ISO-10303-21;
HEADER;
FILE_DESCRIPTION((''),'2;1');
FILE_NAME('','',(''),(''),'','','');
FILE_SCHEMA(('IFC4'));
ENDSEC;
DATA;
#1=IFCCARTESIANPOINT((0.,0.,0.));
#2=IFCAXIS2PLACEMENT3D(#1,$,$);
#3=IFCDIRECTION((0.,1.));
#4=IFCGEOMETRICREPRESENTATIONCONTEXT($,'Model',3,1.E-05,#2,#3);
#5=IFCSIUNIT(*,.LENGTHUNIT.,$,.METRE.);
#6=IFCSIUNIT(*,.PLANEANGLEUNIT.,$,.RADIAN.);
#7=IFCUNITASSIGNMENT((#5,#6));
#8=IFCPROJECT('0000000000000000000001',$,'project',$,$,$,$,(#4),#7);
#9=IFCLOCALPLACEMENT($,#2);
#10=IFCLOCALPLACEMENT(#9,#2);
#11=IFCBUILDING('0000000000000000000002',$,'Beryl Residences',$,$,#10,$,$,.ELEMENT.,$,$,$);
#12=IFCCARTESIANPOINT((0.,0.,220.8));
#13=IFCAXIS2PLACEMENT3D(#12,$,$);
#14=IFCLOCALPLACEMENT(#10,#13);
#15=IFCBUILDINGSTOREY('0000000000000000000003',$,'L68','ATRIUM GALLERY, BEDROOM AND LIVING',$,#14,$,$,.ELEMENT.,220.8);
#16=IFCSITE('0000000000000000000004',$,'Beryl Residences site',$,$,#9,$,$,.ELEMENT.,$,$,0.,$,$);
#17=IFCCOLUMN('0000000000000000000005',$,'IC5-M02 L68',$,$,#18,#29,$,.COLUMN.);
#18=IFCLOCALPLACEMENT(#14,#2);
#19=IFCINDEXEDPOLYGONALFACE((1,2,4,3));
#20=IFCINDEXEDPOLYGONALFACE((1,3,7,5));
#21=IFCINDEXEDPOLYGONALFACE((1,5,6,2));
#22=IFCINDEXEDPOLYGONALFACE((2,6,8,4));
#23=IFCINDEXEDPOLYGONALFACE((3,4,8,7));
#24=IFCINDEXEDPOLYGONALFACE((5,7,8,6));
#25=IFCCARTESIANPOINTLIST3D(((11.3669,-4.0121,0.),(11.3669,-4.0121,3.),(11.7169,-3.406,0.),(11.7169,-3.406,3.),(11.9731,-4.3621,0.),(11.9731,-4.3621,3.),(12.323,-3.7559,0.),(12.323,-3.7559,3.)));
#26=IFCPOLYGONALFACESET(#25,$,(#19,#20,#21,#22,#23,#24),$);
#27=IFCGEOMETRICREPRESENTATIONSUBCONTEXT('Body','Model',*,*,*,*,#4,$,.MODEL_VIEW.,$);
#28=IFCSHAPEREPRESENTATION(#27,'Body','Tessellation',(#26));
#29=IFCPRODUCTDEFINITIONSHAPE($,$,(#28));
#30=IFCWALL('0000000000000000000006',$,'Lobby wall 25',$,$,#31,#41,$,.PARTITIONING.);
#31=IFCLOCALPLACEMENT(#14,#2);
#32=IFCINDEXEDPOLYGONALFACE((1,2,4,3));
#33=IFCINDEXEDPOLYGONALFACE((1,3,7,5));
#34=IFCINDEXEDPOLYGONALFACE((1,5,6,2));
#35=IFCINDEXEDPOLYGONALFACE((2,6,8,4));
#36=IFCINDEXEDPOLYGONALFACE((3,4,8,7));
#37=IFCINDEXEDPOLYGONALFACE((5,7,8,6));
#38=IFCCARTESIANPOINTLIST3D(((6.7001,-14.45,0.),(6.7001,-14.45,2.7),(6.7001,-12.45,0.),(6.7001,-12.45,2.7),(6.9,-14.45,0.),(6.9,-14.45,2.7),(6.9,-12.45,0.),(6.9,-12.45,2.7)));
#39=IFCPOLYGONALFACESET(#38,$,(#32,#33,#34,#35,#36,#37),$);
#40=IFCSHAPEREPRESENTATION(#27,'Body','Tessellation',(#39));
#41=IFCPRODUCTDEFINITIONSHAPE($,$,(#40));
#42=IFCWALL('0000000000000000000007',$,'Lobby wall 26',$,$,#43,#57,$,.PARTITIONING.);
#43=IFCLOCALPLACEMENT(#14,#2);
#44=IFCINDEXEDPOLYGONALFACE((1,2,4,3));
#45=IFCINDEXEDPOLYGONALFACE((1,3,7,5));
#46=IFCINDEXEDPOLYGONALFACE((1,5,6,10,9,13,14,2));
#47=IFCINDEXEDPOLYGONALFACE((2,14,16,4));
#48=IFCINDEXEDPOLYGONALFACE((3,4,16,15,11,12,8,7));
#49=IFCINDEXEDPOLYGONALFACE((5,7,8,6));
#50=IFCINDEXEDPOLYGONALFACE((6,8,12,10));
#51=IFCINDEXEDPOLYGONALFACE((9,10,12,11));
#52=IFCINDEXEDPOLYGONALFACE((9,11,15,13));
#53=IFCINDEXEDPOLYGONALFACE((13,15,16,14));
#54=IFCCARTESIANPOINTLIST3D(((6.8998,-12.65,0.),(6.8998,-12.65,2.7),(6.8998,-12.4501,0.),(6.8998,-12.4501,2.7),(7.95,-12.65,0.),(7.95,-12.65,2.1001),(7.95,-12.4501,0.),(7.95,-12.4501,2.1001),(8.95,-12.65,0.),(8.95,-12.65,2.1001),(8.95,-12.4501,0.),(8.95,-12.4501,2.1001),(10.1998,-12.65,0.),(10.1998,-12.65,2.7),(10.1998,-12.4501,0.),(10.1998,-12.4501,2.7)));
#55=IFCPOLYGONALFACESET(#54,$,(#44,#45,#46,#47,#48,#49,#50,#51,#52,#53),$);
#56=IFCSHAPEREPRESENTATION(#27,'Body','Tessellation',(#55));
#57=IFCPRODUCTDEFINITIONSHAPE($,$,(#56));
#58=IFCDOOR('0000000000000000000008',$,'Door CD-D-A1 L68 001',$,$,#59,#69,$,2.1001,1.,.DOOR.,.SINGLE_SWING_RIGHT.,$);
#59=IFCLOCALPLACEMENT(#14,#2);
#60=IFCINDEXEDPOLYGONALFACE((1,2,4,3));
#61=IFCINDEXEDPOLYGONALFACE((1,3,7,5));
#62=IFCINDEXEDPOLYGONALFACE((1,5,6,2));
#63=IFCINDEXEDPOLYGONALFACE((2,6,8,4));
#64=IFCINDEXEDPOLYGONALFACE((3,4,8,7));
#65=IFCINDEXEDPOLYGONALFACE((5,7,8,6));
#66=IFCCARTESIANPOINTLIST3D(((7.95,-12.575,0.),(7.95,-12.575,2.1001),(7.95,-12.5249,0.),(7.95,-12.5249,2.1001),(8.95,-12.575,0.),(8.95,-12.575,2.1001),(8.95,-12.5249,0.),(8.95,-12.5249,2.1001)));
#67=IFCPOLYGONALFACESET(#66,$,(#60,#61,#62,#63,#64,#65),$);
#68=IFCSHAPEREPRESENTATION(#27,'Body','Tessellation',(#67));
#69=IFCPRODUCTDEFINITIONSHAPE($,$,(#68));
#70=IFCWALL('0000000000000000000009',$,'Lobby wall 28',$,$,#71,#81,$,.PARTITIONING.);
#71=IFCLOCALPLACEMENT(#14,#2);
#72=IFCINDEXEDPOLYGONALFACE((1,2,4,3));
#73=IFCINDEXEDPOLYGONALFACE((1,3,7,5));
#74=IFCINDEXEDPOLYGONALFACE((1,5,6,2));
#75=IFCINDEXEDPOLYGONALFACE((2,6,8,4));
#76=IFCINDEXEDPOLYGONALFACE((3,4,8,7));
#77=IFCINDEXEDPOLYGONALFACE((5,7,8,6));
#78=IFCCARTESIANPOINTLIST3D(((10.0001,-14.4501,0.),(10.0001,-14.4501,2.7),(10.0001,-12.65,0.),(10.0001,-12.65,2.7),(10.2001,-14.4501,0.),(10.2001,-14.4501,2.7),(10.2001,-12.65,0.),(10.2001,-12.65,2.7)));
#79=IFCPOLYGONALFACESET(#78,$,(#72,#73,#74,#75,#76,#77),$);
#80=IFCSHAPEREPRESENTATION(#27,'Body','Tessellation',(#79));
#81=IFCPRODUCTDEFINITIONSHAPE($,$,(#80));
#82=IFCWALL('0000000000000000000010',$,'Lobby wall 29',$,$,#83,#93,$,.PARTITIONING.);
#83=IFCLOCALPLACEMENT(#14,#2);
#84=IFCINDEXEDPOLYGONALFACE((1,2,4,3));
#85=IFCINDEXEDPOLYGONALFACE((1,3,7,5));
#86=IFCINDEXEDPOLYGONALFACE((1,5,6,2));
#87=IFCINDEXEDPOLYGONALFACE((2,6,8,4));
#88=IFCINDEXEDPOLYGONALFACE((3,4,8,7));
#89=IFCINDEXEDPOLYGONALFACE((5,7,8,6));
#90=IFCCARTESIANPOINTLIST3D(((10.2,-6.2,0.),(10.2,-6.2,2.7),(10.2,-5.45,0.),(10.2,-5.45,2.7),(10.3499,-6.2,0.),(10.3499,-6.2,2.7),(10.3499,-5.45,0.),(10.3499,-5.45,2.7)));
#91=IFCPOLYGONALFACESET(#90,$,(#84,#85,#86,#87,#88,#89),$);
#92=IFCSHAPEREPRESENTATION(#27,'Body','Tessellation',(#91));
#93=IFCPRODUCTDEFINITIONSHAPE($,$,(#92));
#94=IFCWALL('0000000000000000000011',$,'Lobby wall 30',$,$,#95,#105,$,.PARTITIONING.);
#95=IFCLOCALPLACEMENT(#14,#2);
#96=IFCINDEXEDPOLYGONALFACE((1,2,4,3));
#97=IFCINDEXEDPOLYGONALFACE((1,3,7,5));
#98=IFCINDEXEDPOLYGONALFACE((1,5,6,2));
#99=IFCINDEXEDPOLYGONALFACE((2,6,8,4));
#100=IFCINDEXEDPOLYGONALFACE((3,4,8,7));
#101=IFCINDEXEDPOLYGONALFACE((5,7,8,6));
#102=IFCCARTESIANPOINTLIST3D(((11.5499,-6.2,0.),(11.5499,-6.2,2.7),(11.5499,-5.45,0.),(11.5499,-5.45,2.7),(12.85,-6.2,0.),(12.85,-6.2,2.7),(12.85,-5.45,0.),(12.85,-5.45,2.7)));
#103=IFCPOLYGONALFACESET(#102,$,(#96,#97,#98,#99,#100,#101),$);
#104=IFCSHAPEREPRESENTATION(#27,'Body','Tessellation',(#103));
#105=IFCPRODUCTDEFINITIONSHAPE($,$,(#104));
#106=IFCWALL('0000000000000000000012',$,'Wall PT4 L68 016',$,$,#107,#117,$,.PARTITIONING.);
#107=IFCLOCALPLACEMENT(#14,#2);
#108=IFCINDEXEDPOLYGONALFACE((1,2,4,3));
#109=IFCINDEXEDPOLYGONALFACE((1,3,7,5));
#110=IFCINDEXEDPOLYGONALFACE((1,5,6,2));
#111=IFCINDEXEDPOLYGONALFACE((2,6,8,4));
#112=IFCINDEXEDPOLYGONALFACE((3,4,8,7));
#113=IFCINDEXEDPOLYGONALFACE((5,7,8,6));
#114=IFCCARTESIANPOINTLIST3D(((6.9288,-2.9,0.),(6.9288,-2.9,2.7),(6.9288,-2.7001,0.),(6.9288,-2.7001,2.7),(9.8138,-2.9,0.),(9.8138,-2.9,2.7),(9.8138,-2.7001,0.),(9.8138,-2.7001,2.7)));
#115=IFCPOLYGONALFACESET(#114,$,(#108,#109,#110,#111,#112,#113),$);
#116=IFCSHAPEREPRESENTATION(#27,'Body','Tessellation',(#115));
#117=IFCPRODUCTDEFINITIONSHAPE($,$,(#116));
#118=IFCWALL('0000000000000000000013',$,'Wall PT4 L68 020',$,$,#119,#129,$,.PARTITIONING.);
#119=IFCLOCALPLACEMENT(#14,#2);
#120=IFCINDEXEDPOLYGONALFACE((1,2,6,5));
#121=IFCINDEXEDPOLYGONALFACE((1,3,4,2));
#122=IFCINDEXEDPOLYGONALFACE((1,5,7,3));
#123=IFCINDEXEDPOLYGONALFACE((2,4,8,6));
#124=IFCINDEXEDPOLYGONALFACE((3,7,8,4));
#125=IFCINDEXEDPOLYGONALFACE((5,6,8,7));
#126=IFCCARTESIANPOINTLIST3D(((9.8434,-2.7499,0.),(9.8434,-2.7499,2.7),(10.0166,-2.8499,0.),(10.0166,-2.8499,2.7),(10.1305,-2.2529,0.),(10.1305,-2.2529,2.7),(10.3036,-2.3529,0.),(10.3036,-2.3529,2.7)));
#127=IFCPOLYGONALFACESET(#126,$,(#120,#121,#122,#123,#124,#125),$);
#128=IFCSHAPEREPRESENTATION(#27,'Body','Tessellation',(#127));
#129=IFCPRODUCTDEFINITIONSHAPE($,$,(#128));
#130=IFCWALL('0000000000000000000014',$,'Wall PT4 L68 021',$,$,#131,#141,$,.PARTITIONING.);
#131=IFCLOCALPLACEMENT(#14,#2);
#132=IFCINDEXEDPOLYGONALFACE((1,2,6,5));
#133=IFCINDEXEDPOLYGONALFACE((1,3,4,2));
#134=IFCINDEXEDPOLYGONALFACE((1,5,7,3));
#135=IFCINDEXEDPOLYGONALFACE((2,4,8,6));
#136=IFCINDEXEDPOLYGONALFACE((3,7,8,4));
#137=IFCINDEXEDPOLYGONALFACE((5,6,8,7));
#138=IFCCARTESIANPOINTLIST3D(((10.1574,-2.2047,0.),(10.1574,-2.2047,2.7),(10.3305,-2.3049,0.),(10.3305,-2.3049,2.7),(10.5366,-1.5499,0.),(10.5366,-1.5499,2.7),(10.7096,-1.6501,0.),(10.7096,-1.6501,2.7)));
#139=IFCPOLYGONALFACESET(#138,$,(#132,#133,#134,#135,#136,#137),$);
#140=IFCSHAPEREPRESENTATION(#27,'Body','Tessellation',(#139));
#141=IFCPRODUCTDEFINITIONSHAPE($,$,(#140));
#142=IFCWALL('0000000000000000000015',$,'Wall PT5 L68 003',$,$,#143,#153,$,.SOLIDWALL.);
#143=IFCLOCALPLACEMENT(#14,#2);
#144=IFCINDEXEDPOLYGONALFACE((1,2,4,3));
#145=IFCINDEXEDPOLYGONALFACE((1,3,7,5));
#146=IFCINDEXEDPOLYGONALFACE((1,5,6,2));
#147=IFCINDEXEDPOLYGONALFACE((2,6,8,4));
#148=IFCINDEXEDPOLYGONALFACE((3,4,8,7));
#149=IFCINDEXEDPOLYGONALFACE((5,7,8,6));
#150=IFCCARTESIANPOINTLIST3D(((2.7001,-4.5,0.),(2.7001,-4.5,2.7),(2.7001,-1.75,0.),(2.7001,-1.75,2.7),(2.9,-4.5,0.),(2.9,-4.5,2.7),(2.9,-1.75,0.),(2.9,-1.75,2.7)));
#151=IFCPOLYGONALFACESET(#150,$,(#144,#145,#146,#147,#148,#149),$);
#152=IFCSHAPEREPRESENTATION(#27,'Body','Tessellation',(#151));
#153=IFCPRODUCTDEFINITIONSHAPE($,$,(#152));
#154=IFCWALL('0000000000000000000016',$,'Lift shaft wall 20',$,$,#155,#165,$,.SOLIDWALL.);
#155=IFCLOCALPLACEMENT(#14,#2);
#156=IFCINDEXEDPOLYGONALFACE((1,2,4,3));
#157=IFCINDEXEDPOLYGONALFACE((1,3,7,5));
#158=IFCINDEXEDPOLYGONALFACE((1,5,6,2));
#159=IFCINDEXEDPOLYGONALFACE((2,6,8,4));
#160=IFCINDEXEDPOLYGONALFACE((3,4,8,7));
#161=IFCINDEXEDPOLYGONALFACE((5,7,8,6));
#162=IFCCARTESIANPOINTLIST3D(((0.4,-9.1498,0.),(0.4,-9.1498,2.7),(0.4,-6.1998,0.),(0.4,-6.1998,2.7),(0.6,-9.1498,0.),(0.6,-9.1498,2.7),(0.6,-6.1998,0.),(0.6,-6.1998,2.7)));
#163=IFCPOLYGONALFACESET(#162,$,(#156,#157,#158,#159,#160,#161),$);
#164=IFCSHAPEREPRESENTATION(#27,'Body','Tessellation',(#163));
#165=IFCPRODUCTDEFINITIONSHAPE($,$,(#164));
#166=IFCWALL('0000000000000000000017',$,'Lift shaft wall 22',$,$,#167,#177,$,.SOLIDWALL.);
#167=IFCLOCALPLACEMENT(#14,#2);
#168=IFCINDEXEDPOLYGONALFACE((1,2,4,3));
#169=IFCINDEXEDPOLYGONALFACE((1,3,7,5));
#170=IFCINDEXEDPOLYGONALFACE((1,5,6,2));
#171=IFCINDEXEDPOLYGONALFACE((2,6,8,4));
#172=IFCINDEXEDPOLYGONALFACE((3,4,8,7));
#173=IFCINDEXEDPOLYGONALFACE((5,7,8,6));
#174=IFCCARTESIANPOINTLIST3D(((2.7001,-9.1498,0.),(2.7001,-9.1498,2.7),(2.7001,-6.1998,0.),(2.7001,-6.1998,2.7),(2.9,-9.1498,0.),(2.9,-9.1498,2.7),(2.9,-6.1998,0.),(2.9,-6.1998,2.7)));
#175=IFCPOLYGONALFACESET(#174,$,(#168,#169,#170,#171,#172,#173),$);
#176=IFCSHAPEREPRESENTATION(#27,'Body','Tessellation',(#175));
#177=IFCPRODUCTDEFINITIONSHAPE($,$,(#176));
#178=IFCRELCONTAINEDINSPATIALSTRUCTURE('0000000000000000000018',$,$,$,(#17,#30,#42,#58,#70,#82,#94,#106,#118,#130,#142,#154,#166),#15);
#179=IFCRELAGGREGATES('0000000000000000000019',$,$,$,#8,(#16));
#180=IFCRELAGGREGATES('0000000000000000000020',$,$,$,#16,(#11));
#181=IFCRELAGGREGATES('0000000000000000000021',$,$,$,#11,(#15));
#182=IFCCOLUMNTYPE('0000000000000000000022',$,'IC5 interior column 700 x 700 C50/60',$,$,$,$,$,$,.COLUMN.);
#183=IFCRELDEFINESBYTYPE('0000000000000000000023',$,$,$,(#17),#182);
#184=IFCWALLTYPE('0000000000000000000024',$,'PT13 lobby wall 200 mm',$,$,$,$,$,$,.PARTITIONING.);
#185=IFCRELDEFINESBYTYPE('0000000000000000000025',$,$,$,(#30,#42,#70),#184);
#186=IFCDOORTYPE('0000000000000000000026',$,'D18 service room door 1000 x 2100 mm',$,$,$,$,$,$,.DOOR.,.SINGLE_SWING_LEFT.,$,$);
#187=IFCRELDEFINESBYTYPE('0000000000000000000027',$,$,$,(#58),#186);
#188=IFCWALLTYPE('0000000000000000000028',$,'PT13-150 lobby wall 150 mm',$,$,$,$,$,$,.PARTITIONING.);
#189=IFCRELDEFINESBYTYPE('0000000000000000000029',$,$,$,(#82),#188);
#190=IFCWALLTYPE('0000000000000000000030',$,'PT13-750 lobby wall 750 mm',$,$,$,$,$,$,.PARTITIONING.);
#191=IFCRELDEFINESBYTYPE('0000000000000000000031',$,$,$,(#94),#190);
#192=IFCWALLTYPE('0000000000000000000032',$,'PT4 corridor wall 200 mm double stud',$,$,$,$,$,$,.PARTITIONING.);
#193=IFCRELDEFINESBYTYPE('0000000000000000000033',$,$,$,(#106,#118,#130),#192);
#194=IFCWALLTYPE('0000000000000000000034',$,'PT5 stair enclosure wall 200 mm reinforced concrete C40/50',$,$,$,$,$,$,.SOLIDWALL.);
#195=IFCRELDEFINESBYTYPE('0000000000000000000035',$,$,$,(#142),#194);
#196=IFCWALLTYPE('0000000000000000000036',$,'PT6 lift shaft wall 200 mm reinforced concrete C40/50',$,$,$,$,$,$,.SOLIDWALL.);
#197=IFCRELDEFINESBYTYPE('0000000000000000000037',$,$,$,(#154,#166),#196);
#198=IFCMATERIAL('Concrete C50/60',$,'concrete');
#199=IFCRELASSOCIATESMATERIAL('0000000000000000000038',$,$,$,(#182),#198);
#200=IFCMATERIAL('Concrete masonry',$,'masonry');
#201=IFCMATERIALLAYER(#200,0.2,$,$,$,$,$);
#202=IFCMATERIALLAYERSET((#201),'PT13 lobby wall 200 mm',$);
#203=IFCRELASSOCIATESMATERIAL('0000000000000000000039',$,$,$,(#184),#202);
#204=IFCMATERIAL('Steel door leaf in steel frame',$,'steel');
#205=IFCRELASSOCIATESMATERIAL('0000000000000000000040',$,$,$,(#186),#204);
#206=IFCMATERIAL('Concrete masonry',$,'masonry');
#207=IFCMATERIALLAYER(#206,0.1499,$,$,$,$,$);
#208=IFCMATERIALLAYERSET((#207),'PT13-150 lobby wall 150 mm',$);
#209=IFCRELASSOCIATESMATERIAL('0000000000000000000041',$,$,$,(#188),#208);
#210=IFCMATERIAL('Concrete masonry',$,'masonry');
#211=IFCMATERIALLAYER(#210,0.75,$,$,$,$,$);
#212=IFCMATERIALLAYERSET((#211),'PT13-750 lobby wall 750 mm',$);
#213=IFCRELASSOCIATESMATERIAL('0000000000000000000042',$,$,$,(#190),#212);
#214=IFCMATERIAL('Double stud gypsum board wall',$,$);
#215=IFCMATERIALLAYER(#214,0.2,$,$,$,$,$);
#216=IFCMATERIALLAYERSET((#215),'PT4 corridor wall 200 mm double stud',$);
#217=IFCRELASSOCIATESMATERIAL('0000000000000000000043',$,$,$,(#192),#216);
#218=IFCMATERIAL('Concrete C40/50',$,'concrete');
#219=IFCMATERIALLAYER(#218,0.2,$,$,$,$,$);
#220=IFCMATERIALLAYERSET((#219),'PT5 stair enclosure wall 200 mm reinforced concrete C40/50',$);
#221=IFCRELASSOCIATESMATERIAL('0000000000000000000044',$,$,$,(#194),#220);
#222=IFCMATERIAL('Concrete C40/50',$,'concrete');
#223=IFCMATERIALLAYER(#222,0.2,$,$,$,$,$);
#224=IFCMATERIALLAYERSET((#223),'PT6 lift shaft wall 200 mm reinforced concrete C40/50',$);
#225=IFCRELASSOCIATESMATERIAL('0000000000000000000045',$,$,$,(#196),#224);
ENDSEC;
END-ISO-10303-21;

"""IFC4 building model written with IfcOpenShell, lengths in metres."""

from ifc_helpers import new_model, si_unit, direction, frame, frame_2d, origin, origin_2d, place, context, subcontext, project, spatial, rectangle, extrude, material, layer, layer_set, material_profile, profile_set, type_object, element, fill, save


model = new_model("IFC4")

# Units and contexts
model_context = context("Model", 3, precision=1e-05, world=origin(), true_north=direction((0.0, 1.0)))
body_context = subcontext(model_context, "Body", "Model", "MODEL_VIEW")
ifc_project = project(units=[si_unit("LENGTHUNIT", "METRE"), si_unit("PLANEANGLEUNIT", "RADIAN")], contexts=[model_context])

# Site, building, storey
site_placement = place(None, origin())
site = spatial("IfcSite", under=ifc_project, at=site_placement, Name="Beryl Residences site", CompositionType="ELEMENT", RefElevation=0.0)
building_placement = place(site_placement, origin())
building = spatial("IfcBuilding", under=site, at=building_placement, Name="Beryl Residences", CompositionType="ELEMENT")
storey_placement = place(building_placement, frame((0.0, 0.0, 220.8)))
storey = spatial("IfcBuildingStorey", under=building, at=storey_placement, Name="L68", Description="ATRIUM GALLERY, BEDROOM AND LIVING", CompositionType="ELEMENT", Elevation=220.8)

# Column
ifc_material_1 = material(Name="Concrete C50/60", Category="concrete")
ifc_material_profile = material_profile(ifc_material_1, rectangle(XDim=0.7, YDim=0.7, at=origin_2d()))
ifc_profile_set = profile_set([ifc_material_profile], Name="Concrete C50/60")
column_type = type_object("IfcColumnType", Name="IC5 interior column 700 x 700 C50/60", PredefinedType="COLUMN", material=ifc_profile_set)
column_placement = place(storey_placement, frame((11.845, -3.884, 0.0), z_axis=(0.0, 0.0, 1.0), x_axis=(0.499985, 0.866034, 0.0)))
element("IfcColumn", 1, at=column_placement, inside=storey, type_object=column_type, Name="IC5-M02 L68", PredefinedType="COLUMN", context=body_context, shape_type="SweptSolid", body=[
    extrude(rectangle(XDim=0.7, YDim=0.7, at=origin_2d()), origin(), (0.0, 0.0, 1.0), 3.0),
])

# Wall
ifc_material_2 = material(Name="Concrete masonry", Category="masonry")
ifc_layer_1 = layer(ifc_material_2, 0.2)
ifc_layer_set_1 = layer_set([ifc_layer_1], Name="PT13 lobby wall 200 mm")
wall_type_1 = type_object("IfcWallType", Name="PT13 lobby wall 200 mm", PredefinedType="PARTITIONING", material=ifc_layer_set_1)
wall_1_placement = place(storey_placement, frame((6.8, -14.45, 0.0), z_axis=(0.0, 0.0, 1.0), x_axis=(0.0, 1.0, 0.0)))
element("IfcWall", 2, at=wall_1_placement, inside=storey, type_object=wall_type_1, Name="Lobby wall 25", PredefinedType="PARTITIONING", context=body_context, shape_type="SweptSolid", body=[
    extrude(rectangle(XDim=2.0, YDim=0.2, at=frame_2d((1.0, 0.0))), origin(), (0.0, 0.0, 1.0), 2.7),
])

# Wall, opening, door
wall_2_placement = place(storey_placement, frame((6.8999, -12.55, 0.0), z_axis=(0.0, 0.0, 1.0), x_axis=(1.0, 0.0, 0.0)))
wall_2 = element("IfcWall", 3, at=wall_2_placement, inside=storey, type_object=wall_type_1, Name="Lobby wall 26", PredefinedType="PARTITIONING", context=body_context, shape_type="SweptSolid", body=[
    extrude(rectangle(XDim=3.3, YDim=0.2, at=frame_2d((1.6499, 0.0))), origin(), (0.0, 0.0, 1.0), 2.7),
])
opening_placement = place(wall_2_placement, frame((2.05, 0.0, 0.0), z_axis=(0.0, 0.0, 1.0), x_axis=(-1.0, 0.0, 0.0)))
opening = element("IfcOpeningElement", 4, at=opening_placement, cuts=wall_2, PredefinedType="OPENING", context=body_context, shape_type="SweptSolid", body=[
    extrude(rectangle(XDim=1.0, YDim=2.1001, at=frame_2d((0.5, 1.05))), frame((0.0, 0.1099, 0.0), z_axis=(0.0, -1.0, 0.0), x_axis=(1.0, 0.0, 0.0)), (0.0, 0.0, 1.0), 0.22),
])
ifc_material_3 = material(Name="Steel door leaf in steel frame", Category="steel")
door_type = type_object("IfcDoorType", Name="D18 service room door 1000 x 2100 mm", OperationType="SINGLE_SWING_LEFT", PredefinedType="DOOR", material=ifc_material_3)
door_placement = place(opening_placement, origin())
door = element("IfcDoor", 5, at=door_placement, inside=storey, type_object=door_type, Name="Door CD-D-A1 L68 001", OperationType="SINGLE_SWING_RIGHT", OverallHeight=2.1001, OverallWidth=1.0, PredefinedType="DOOR", context=body_context, shape_type="SweptSolid", body=[
    extrude(rectangle(XDim=1.0, YDim=2.1001, at=frame_2d((0.5, 1.05))), frame((0.0, 0.0249, 0.0), z_axis=(0.0, -1.0, 0.0), x_axis=(1.0, 0.0, 0.0)), (0.0, 0.0, 1.0), 0.05),
])
fill(opening, door)

# Walls
wall_3_placement = place(storey_placement, frame((10.1001, -14.45, 0.0), z_axis=(0.0, 0.0, 1.0), x_axis=(0.0, 1.0, 0.0)))
element("IfcWall", 6, at=wall_3_placement, inside=storey, type_object=wall_type_1, Name="Lobby wall 28", PredefinedType="PARTITIONING", context=body_context, shape_type="SweptSolid", body=[
    extrude(rectangle(XDim=1.8, YDim=0.2, at=frame_2d((0.8999, 0.0))), origin(), (0.0, 0.0, 1.0), 2.7),
])
ifc_material_4 = material(Name="Concrete masonry", Category="masonry")
ifc_layer_2 = layer(ifc_material_4, 0.1499)
ifc_layer_set_2 = layer_set([ifc_layer_2], Name="PT13-150 lobby wall 150 mm")
wall_type_2 = type_object("IfcWallType", Name="PT13-150 lobby wall 150 mm", PredefinedType="PARTITIONING", material=ifc_layer_set_2)
wall_4_placement = place(storey_placement, frame((10.2749, -6.2, 0.0), z_axis=(0.0, 0.0, 1.0), x_axis=(0.0, 1.0, 0.0)))
element("IfcWall", 7, at=wall_4_placement, inside=storey, type_object=wall_type_2, Name="Lobby wall 29", PredefinedType="PARTITIONING", context=body_context, shape_type="SweptSolid", body=[
    extrude(rectangle(XDim=0.75, YDim=0.1499, at=frame_2d((0.375, 0.0))), origin(), (0.0, 0.0, 1.0), 2.7),
])
ifc_material_5 = material(Name="Concrete masonry", Category="masonry")
ifc_layer_3 = layer(ifc_material_5, 0.75)
ifc_layer_set_3 = layer_set([ifc_layer_3], Name="PT13-750 lobby wall 750 mm")
wall_type_3 = type_object("IfcWallType", Name="PT13-750 lobby wall 750 mm", PredefinedType="PARTITIONING", material=ifc_layer_set_3)
wall_5_placement = place(storey_placement, frame((11.55, -5.825, 0.0), z_axis=(0.0, 0.0, 1.0), x_axis=(1.0, 0.0, 0.0)))
element("IfcWall", 8, at=wall_5_placement, inside=storey, type_object=wall_type_3, Name="Lobby wall 30", PredefinedType="PARTITIONING", context=body_context, shape_type="SweptSolid", body=[
    extrude(rectangle(XDim=1.3, YDim=0.75, at=frame_2d((0.6499, 0.0))), origin(), (0.0, 0.0, 1.0), 2.7),
])
ifc_material_6 = material(Name="Double stud gypsum board wall")
ifc_layer_4 = layer(ifc_material_6, 0.2)
ifc_layer_set_4 = layer_set([ifc_layer_4], Name="PT4 corridor wall 200 mm double stud")
wall_type_4 = type_object("IfcWallType", Name="PT4 corridor wall 200 mm double stud", PredefinedType="PARTITIONING", material=ifc_layer_set_4)
wall_6_placement = place(storey_placement, frame((6.929, -2.8, 0.0), z_axis=(0.0, 0.0, 1.0), x_axis=(1.0, 0.0, 0.0)))
element("IfcWall", 9, at=wall_6_placement, inside=storey, type_object=wall_type_4, Name="Wall PT4 L68 016", PredefinedType="PARTITIONING", context=body_context, shape_type="SweptSolid", body=[
    extrude(rectangle(XDim=2.885, YDim=0.2, at=frame_2d((1.4424, 0.0))), origin(), (0.0, 0.0, 1.0), 2.7),
])
wall_7_placement = place(storey_placement, frame((9.9299, -2.8, 0.0), z_axis=(0.0, 0.0, 1.0), x_axis=(0.500164, 0.865931, 0.0)))
element("IfcWall", 10, at=wall_7_placement, inside=storey, type_object=wall_type_4, Name="Wall PT4 L68 020", PredefinedType="PARTITIONING", context=body_context, shape_type="SweptSolid", body=[
    extrude(rectangle(XDim=0.574, YDim=0.2, at=frame_2d((0.2871, 0.0))), origin(), (0.0, 0.0, 1.0), 2.7),
])
wall_8_placement = place(storey_placement, frame((10.2439, -2.2549, 0.0), z_axis=(0.0, 0.0, 1.0), x_axis=(0.5011, 0.865389, 0.0)))
element("IfcWall", 11, at=wall_8_placement, inside=storey, type_object=wall_type_4, Name="Wall PT4 L68 021", PredefinedType="PARTITIONING", context=body_context, shape_type="SweptSolid", body=[
    extrude(rectangle(XDim=0.7566, YDim=0.2, at=frame_2d((0.3784, 0.0))), origin(), (0.0, 0.0, 1.0), 2.7),
])
ifc_material_7 = material(Name="Concrete C40/50", Category="concrete")
ifc_layer_5 = layer(ifc_material_7, 0.2)
ifc_layer_set_5 = layer_set([ifc_layer_5], Name="PT5 stair enclosure wall 200 mm reinforced concrete C40/50")
wall_type_5 = type_object("IfcWallType", Name="PT5 stair enclosure wall 200 mm reinforced concrete C40/50", PredefinedType="SOLIDWALL", material=ifc_layer_set_5)
wall_9_placement = place(storey_placement, frame((2.8, -4.5, 0.0), z_axis=(0.0, 0.0, 1.0), x_axis=(0.0, 1.0, 0.0)))
element("IfcWall", 12, at=wall_9_placement, inside=storey, type_object=wall_type_5, Name="Wall PT5 L68 003", PredefinedType="SOLIDWALL", context=body_context, shape_type="SweptSolid", body=[
    extrude(rectangle(XDim=2.75, YDim=0.2, at=frame_2d((1.375, 0.0))), origin(), (0.0, 0.0, 1.0), 2.7),
])
ifc_material_8 = material(Name="Concrete C40/50", Category="concrete")
ifc_layer_6 = layer(ifc_material_8, 0.2)
ifc_layer_set_6 = layer_set([ifc_layer_6], Name="PT6 lift shaft wall 200 mm reinforced concrete C40/50")
wall_type_6 = type_object("IfcWallType", Name="PT6 lift shaft wall 200 mm reinforced concrete C40/50", PredefinedType="SOLIDWALL", material=ifc_layer_set_6)
for number, where, z_axis, x_axis, name in (
    (13, (0.5, -9.1499, 0.0), (0.0, 0.0, 1.0), (0.0, 1.0, 0.0), "Lift shaft wall 20"),
    (14, (2.8, -9.1499, 0.0), (0.0, 0.0, 1.0), (0.0, 1.0, 0.0), "Lift shaft wall 22"),
):
    element("IfcWall", number, at=place(storey_placement, frame(where, z_axis=z_axis, x_axis=x_axis)), inside=storey, type_object=wall_type_6, Name=name, PredefinedType="SOLIDWALL", context=body_context, shape_type="SweptSolid", body=[
        extrude(rectangle(XDim=2.95, YDim=0.2, at=frame_2d((1.4751, 0.0))), origin(), (0.0, 0.0, 1.0), 2.7),
    ])

save(model, "model.ifc")
